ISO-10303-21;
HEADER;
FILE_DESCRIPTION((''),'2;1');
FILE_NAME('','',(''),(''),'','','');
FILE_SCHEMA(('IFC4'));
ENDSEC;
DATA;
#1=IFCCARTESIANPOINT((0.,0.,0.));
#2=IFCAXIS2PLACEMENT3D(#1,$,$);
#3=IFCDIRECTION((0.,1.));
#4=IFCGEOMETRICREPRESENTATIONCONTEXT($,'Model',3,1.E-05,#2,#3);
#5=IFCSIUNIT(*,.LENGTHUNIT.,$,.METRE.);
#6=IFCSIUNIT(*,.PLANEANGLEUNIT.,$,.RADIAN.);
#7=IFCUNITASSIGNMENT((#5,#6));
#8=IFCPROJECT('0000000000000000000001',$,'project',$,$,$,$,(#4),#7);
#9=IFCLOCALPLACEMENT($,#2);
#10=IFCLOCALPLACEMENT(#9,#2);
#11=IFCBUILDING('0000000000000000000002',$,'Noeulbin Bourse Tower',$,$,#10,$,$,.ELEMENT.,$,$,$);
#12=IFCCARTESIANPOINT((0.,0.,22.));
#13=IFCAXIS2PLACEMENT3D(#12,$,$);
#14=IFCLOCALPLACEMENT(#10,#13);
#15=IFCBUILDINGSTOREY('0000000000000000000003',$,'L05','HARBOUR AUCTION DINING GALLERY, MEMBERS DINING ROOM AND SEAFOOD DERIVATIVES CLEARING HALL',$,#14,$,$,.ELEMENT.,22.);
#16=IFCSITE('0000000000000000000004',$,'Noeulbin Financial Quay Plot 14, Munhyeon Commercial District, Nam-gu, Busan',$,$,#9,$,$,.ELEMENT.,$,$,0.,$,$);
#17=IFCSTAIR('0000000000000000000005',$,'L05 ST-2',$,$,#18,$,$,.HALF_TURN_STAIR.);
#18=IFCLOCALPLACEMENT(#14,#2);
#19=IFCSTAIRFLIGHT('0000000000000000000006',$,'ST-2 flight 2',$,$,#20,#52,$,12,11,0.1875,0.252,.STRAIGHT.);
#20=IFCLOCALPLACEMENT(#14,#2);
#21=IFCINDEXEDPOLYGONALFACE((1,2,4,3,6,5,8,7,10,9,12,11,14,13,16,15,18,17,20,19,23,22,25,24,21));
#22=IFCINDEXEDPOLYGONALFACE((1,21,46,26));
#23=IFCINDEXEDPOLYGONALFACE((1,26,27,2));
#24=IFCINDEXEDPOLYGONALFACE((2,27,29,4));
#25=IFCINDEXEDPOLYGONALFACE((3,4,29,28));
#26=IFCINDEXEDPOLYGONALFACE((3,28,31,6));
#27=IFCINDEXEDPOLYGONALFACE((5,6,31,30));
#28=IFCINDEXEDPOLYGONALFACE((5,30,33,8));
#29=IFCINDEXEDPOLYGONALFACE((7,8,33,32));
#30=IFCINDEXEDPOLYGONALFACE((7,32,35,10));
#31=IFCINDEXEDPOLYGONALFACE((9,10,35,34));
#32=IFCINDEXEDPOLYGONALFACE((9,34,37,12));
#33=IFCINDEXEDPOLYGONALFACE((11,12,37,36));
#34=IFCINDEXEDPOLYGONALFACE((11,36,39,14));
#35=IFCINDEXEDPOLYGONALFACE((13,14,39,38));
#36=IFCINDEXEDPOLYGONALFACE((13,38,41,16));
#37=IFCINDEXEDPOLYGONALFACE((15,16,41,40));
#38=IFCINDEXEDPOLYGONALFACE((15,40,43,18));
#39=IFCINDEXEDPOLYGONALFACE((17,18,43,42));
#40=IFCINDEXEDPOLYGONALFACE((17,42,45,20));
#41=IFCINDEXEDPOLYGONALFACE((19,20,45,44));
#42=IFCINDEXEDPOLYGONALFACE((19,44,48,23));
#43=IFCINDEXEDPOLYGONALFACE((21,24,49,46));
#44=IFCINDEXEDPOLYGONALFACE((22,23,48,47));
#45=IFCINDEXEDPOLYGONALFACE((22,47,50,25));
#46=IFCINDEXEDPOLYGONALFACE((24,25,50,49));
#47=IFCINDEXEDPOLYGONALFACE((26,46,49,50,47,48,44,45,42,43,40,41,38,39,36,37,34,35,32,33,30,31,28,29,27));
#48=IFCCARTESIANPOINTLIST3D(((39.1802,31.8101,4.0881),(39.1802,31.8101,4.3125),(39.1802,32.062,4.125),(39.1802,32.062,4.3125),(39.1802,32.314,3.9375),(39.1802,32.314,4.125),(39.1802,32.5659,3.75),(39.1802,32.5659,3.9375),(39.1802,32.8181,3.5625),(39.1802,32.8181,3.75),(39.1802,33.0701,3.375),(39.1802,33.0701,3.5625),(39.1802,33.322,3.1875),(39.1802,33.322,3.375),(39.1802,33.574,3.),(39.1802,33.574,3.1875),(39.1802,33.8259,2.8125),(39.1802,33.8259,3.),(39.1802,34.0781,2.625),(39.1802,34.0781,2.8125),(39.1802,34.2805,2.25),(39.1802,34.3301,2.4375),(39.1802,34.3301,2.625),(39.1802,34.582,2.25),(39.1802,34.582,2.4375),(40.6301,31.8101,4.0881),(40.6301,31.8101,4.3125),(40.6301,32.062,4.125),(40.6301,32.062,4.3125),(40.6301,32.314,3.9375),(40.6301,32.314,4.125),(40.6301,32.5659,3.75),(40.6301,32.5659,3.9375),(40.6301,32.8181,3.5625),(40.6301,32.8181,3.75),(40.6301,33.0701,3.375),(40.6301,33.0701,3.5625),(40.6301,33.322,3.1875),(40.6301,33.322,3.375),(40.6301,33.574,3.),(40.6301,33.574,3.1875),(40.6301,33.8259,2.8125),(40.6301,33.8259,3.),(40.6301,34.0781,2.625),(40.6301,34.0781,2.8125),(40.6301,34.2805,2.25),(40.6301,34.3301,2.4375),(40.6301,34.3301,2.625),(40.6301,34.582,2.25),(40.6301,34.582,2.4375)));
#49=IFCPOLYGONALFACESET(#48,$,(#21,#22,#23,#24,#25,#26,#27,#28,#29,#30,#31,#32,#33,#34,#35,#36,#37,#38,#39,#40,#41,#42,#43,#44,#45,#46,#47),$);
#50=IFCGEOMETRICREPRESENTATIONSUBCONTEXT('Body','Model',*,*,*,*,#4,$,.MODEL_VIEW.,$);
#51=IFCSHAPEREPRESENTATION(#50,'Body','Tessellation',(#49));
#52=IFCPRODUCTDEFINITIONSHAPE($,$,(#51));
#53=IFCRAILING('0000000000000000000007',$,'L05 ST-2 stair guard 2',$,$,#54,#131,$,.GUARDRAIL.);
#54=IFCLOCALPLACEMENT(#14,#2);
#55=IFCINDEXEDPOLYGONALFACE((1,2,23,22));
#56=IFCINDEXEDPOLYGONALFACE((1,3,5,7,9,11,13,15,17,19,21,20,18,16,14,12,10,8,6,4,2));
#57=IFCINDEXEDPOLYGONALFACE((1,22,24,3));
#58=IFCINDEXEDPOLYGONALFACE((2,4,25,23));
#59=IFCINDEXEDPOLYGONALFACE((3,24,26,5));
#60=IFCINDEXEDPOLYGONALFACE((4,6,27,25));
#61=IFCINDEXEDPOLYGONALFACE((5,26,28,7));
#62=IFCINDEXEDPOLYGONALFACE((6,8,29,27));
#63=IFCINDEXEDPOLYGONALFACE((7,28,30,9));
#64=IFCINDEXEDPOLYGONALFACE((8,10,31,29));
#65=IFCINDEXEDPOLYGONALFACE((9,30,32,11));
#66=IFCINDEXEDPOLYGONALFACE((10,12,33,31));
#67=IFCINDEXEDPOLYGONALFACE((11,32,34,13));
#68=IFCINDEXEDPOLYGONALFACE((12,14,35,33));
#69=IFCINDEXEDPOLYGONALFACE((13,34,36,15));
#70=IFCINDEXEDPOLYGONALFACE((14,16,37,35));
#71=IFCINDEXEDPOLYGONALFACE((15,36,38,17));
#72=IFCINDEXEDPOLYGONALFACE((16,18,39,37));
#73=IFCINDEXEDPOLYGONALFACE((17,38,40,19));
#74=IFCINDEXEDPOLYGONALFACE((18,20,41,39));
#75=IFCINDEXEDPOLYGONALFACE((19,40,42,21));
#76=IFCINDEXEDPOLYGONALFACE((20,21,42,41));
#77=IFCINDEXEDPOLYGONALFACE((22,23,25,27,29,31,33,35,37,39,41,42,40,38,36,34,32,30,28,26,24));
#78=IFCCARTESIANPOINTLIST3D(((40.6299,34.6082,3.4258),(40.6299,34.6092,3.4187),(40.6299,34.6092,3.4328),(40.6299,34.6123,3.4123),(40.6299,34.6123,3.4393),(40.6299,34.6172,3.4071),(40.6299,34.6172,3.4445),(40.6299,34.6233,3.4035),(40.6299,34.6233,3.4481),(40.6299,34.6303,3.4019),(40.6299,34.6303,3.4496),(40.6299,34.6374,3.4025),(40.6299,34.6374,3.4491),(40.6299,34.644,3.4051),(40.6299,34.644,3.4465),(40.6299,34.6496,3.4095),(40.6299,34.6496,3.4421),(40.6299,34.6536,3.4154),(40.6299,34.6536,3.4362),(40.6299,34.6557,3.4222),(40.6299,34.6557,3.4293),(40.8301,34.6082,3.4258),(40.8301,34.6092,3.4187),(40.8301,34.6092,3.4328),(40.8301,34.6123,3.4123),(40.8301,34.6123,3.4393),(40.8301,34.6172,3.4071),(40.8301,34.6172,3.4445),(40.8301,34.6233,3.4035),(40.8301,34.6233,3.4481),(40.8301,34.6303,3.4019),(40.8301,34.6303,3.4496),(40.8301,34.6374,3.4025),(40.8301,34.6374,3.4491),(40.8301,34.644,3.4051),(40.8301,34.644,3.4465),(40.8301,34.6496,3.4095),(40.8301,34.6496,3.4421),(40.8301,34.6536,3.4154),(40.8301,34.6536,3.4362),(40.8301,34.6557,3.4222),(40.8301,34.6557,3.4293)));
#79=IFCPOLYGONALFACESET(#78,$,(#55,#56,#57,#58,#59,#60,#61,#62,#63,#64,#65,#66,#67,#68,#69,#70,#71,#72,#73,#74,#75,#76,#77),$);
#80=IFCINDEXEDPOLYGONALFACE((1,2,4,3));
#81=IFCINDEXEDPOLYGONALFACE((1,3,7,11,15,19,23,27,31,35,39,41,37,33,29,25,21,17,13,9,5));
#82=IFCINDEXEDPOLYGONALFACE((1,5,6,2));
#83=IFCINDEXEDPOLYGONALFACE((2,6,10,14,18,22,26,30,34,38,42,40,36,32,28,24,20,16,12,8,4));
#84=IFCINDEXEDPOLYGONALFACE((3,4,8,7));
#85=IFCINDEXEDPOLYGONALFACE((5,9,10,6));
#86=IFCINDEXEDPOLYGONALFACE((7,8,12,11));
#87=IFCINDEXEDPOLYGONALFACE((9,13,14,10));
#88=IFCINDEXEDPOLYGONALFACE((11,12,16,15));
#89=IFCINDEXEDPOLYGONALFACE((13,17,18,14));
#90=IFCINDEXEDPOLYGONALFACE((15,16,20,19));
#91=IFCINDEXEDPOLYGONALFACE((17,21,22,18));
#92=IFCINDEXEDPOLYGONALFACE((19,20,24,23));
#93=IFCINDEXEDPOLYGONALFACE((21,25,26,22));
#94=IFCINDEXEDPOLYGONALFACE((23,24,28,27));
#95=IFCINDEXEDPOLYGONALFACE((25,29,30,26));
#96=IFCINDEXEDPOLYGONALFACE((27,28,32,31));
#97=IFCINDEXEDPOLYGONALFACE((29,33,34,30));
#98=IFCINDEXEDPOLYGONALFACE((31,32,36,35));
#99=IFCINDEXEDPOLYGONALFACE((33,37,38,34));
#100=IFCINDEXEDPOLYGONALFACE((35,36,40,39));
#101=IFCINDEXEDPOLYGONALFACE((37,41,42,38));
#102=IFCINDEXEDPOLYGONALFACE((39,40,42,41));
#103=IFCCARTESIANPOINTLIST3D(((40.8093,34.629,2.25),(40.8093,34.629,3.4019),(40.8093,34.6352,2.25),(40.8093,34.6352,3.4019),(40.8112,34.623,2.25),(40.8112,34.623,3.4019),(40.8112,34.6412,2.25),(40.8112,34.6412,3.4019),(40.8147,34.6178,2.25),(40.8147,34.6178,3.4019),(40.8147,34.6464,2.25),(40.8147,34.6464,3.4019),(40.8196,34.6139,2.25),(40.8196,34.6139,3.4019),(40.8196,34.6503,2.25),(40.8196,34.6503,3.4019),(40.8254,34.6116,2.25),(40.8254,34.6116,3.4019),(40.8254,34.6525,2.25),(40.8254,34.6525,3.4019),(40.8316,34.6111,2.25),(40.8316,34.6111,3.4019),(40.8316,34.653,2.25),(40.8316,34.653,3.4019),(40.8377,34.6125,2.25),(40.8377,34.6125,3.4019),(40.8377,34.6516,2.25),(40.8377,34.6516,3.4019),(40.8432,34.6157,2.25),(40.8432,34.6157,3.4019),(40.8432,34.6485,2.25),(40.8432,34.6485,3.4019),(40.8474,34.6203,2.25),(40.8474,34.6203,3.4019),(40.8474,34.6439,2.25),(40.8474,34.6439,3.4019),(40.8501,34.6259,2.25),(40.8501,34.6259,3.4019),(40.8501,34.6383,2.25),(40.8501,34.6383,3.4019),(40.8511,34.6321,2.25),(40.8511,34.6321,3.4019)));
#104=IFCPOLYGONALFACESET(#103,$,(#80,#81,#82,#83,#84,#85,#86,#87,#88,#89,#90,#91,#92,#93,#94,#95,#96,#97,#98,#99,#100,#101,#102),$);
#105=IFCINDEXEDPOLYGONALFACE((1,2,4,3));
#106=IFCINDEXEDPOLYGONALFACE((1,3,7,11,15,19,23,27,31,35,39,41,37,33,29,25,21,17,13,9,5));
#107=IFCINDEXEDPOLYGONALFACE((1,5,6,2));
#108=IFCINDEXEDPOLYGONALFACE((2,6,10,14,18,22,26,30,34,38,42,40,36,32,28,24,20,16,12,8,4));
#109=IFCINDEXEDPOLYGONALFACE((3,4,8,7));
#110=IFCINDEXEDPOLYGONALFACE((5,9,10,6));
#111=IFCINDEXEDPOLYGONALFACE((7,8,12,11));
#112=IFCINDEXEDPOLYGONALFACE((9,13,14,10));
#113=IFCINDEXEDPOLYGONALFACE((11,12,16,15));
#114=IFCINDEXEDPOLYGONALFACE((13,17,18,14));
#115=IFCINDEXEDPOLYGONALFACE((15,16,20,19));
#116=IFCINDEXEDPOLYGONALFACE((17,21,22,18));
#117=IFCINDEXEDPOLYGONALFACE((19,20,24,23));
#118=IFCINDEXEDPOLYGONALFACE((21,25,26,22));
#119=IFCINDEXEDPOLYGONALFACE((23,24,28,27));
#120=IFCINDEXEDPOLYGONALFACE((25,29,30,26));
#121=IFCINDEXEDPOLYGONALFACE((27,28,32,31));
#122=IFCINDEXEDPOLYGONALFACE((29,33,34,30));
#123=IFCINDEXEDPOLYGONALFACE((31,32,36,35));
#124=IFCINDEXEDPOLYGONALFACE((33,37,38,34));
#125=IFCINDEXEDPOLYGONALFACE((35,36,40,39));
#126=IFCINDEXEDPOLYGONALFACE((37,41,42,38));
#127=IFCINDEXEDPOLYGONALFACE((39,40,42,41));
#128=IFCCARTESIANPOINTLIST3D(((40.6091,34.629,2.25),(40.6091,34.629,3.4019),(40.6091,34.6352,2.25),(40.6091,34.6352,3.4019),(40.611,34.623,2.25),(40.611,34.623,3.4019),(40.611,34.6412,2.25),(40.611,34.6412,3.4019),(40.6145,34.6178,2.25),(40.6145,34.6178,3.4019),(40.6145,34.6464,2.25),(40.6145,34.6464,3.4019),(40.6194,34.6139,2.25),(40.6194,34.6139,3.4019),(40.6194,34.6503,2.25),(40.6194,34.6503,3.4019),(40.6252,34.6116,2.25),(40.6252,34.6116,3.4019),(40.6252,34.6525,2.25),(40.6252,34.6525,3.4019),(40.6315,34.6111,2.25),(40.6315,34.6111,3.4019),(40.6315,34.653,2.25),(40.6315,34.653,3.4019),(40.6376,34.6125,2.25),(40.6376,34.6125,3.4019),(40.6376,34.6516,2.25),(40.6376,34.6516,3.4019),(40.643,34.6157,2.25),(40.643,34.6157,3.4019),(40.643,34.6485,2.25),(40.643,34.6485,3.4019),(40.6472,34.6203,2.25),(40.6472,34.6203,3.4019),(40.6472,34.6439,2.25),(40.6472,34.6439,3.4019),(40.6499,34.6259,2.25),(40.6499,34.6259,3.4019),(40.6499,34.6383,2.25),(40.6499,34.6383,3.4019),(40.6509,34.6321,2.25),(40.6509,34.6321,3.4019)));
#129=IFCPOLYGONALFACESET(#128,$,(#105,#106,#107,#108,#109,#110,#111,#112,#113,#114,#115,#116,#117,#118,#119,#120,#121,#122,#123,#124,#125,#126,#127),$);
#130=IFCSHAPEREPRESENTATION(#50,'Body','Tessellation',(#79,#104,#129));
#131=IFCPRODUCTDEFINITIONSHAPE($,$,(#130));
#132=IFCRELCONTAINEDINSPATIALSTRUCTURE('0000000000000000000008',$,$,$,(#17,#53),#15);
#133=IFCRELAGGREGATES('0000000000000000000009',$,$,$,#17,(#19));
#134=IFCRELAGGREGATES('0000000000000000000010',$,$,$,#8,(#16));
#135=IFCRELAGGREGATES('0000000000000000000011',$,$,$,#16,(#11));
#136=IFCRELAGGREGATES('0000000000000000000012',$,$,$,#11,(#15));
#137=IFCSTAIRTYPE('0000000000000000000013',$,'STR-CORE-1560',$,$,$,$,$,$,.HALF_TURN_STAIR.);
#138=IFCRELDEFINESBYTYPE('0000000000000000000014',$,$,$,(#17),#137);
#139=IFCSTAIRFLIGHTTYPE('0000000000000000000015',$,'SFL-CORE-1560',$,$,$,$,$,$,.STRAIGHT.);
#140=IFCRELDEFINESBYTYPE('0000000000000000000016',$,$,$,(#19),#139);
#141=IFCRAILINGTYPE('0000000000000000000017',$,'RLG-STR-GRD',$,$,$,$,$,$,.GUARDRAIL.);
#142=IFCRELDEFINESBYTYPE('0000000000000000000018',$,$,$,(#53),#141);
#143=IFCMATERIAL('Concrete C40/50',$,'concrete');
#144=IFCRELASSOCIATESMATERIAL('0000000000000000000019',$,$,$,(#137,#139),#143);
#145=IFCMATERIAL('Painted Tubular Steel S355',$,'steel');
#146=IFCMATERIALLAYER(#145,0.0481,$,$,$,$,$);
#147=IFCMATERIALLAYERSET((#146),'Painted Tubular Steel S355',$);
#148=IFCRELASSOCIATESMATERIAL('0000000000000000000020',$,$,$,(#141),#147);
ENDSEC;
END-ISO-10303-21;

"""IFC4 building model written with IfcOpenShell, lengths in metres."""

from ifc_helpers import new_model, si_unit, direction, frame, origin, origin_2d, place, context, subcontext, project, spatial, polyline, circle, outline, extrude, material, layer, layer_set, type_object, element, aggregate, save


model = new_model("IFC4")

# Units and contexts
model_context = context("Model", 3, precision=1e-05, world=origin(), true_north=direction((0.0, 1.0)))
body_context = subcontext(model_context, "Body", "Model", "MODEL_VIEW")
ifc_project = project(units=[si_unit("LENGTHUNIT", "METRE"), si_unit("PLANEANGLEUNIT", "RADIAN")], contexts=[model_context])

# Site, building, storey
site_placement = place(None, origin())
site = spatial("IfcSite", under=ifc_project, at=site_placement, Name="Noeulbin Financial Quay Plot 14, Munhyeon Commercial District, Nam-gu, Busan", CompositionType="ELEMENT", RefElevation=0.0)
building_placement = place(site_placement, origin())
building = spatial("IfcBuilding", under=site, at=building_placement, Name="Noeulbin Bourse Tower", CompositionType="ELEMENT")
storey_placement = place(building_placement, frame((0.0, 0.0, 22.0)))
storey = spatial("IfcBuildingStorey", under=building, at=storey_placement, Name="L05", Description="HARBOUR AUCTION DINING GALLERY, MEMBERS DINING ROOM AND SEAFOOD DERIVATIVES CLEARING HALL", CompositionType="ELEMENT", Elevation=22.0)

# Shared definitions
ifc_material_1 = material(Name="Concrete C40/50", Category="concrete")

# Stair, stair flight
stair_type = type_object("IfcStairType", Name="STR-CORE-1560", PredefinedType="HALF_TURN_STAIR", material=ifc_material_1)
stair_placement = place(storey_placement, origin())
stair = element("IfcStair", 1, at=stair_placement, inside=storey, type_object=stair_type, Name="L05 ST-2", PredefinedType="HALF_TURN_STAIR")
stair_flight_type = type_object("IfcStairFlightType", Name="SFL-CORE-1560", PredefinedType="STRAIGHT", material=ifc_material_1)
stair_flight_placement = place(storey_placement, frame((39.905, 34.582, 2.25), z_axis=(0.0, 0.0, 1.0), x_axis=(0.0, -1.0, 0.0)))
stair_flight = element("IfcStairFlight", 2, at=stair_flight_placement, type_object=stair_flight_type, Name="ST-2 flight 2", NumberOfRisers=12, NumberOfTreads=11, PredefinedType="STRAIGHT", RiserHeight=0.1875, TreadLength=0.252, context=body_context, shape_type="SweptSolid", body=[
    extrude(outline(polyline([(0.0, 0.0), (0.0, 0.1875), (0.252, 0.1875), (0.252, 0.375), (0.5039, 0.375), (0.5039, 0.5625), (0.7561, 0.5625), (0.7561, 0.75), (1.0081, 0.75), (1.0081, 0.9375), (1.26, 0.9375), (1.26, 1.125), (1.512, 1.125), (1.512, 1.3125), (1.7639, 1.3125), (1.7639, 1.5), (2.0161, 1.5), (2.0161, 1.6875), (2.2681, 1.6875), (2.2681, 1.875), (2.52, 1.875), (2.52, 2.0625), (2.772, 2.0625), (2.772, 2.25), (2.772, 1.8381), (0.3015, 0.0), (0.0, 0.0)])), frame((0.0, 0.7251, 0.0), z_axis=(0.0, -1.0, 0.0), x_axis=(1.0, 0.0, 0.0)), (0.0, 0.0, 1.0), 1.45),
])
aggregate(stair, [stair_flight])

# Railing
ifc_material_2 = material(Name="Painted Tubular Steel S355", Category="steel")
ifc_layer_1 = layer(ifc_material_2, 0.0481)
ifc_layer_set_1 = layer_set([ifc_layer_1], Name="Painted Tubular Steel S355")
railing_type_1 = type_object("IfcRailingType", Name="RLG-STR-GRD", PredefinedType="GUARDRAIL", material=ifc_layer_set_1)
railing_1_placement = place(storey_placement, frame((40.8301, 34.6321, 2.25)))
element("IfcRailing", 3, at=railing_1_placement, inside=storey, type_object=railing_type_1, Name="L05 ST-2 stair guard 2", PredefinedType="GUARDRAIL", context=body_context, shape_type="SweptSolid", body=[
    extrude(circle(Radius=0.0239, at=origin_2d()), frame((0.0, 0.0, 1.1758), z_axis=(-1.0, 0.0, 0.0), x_axis=(0.0, -1.0, 0.0)), (0.0, 0.0, 1.0), 0.2002),
    extrude(circle(Radius=0.021, at=origin_2d()), origin(), (0.0, 0.0, 1.0), 1.1519),
    extrude(circle(Radius=0.021, at=origin_2d()), frame((-0.2002, 0.0, 0.0)), (0.0, 0.0, 1.0), 1.1519),
])

save(model, "model.ifc")
